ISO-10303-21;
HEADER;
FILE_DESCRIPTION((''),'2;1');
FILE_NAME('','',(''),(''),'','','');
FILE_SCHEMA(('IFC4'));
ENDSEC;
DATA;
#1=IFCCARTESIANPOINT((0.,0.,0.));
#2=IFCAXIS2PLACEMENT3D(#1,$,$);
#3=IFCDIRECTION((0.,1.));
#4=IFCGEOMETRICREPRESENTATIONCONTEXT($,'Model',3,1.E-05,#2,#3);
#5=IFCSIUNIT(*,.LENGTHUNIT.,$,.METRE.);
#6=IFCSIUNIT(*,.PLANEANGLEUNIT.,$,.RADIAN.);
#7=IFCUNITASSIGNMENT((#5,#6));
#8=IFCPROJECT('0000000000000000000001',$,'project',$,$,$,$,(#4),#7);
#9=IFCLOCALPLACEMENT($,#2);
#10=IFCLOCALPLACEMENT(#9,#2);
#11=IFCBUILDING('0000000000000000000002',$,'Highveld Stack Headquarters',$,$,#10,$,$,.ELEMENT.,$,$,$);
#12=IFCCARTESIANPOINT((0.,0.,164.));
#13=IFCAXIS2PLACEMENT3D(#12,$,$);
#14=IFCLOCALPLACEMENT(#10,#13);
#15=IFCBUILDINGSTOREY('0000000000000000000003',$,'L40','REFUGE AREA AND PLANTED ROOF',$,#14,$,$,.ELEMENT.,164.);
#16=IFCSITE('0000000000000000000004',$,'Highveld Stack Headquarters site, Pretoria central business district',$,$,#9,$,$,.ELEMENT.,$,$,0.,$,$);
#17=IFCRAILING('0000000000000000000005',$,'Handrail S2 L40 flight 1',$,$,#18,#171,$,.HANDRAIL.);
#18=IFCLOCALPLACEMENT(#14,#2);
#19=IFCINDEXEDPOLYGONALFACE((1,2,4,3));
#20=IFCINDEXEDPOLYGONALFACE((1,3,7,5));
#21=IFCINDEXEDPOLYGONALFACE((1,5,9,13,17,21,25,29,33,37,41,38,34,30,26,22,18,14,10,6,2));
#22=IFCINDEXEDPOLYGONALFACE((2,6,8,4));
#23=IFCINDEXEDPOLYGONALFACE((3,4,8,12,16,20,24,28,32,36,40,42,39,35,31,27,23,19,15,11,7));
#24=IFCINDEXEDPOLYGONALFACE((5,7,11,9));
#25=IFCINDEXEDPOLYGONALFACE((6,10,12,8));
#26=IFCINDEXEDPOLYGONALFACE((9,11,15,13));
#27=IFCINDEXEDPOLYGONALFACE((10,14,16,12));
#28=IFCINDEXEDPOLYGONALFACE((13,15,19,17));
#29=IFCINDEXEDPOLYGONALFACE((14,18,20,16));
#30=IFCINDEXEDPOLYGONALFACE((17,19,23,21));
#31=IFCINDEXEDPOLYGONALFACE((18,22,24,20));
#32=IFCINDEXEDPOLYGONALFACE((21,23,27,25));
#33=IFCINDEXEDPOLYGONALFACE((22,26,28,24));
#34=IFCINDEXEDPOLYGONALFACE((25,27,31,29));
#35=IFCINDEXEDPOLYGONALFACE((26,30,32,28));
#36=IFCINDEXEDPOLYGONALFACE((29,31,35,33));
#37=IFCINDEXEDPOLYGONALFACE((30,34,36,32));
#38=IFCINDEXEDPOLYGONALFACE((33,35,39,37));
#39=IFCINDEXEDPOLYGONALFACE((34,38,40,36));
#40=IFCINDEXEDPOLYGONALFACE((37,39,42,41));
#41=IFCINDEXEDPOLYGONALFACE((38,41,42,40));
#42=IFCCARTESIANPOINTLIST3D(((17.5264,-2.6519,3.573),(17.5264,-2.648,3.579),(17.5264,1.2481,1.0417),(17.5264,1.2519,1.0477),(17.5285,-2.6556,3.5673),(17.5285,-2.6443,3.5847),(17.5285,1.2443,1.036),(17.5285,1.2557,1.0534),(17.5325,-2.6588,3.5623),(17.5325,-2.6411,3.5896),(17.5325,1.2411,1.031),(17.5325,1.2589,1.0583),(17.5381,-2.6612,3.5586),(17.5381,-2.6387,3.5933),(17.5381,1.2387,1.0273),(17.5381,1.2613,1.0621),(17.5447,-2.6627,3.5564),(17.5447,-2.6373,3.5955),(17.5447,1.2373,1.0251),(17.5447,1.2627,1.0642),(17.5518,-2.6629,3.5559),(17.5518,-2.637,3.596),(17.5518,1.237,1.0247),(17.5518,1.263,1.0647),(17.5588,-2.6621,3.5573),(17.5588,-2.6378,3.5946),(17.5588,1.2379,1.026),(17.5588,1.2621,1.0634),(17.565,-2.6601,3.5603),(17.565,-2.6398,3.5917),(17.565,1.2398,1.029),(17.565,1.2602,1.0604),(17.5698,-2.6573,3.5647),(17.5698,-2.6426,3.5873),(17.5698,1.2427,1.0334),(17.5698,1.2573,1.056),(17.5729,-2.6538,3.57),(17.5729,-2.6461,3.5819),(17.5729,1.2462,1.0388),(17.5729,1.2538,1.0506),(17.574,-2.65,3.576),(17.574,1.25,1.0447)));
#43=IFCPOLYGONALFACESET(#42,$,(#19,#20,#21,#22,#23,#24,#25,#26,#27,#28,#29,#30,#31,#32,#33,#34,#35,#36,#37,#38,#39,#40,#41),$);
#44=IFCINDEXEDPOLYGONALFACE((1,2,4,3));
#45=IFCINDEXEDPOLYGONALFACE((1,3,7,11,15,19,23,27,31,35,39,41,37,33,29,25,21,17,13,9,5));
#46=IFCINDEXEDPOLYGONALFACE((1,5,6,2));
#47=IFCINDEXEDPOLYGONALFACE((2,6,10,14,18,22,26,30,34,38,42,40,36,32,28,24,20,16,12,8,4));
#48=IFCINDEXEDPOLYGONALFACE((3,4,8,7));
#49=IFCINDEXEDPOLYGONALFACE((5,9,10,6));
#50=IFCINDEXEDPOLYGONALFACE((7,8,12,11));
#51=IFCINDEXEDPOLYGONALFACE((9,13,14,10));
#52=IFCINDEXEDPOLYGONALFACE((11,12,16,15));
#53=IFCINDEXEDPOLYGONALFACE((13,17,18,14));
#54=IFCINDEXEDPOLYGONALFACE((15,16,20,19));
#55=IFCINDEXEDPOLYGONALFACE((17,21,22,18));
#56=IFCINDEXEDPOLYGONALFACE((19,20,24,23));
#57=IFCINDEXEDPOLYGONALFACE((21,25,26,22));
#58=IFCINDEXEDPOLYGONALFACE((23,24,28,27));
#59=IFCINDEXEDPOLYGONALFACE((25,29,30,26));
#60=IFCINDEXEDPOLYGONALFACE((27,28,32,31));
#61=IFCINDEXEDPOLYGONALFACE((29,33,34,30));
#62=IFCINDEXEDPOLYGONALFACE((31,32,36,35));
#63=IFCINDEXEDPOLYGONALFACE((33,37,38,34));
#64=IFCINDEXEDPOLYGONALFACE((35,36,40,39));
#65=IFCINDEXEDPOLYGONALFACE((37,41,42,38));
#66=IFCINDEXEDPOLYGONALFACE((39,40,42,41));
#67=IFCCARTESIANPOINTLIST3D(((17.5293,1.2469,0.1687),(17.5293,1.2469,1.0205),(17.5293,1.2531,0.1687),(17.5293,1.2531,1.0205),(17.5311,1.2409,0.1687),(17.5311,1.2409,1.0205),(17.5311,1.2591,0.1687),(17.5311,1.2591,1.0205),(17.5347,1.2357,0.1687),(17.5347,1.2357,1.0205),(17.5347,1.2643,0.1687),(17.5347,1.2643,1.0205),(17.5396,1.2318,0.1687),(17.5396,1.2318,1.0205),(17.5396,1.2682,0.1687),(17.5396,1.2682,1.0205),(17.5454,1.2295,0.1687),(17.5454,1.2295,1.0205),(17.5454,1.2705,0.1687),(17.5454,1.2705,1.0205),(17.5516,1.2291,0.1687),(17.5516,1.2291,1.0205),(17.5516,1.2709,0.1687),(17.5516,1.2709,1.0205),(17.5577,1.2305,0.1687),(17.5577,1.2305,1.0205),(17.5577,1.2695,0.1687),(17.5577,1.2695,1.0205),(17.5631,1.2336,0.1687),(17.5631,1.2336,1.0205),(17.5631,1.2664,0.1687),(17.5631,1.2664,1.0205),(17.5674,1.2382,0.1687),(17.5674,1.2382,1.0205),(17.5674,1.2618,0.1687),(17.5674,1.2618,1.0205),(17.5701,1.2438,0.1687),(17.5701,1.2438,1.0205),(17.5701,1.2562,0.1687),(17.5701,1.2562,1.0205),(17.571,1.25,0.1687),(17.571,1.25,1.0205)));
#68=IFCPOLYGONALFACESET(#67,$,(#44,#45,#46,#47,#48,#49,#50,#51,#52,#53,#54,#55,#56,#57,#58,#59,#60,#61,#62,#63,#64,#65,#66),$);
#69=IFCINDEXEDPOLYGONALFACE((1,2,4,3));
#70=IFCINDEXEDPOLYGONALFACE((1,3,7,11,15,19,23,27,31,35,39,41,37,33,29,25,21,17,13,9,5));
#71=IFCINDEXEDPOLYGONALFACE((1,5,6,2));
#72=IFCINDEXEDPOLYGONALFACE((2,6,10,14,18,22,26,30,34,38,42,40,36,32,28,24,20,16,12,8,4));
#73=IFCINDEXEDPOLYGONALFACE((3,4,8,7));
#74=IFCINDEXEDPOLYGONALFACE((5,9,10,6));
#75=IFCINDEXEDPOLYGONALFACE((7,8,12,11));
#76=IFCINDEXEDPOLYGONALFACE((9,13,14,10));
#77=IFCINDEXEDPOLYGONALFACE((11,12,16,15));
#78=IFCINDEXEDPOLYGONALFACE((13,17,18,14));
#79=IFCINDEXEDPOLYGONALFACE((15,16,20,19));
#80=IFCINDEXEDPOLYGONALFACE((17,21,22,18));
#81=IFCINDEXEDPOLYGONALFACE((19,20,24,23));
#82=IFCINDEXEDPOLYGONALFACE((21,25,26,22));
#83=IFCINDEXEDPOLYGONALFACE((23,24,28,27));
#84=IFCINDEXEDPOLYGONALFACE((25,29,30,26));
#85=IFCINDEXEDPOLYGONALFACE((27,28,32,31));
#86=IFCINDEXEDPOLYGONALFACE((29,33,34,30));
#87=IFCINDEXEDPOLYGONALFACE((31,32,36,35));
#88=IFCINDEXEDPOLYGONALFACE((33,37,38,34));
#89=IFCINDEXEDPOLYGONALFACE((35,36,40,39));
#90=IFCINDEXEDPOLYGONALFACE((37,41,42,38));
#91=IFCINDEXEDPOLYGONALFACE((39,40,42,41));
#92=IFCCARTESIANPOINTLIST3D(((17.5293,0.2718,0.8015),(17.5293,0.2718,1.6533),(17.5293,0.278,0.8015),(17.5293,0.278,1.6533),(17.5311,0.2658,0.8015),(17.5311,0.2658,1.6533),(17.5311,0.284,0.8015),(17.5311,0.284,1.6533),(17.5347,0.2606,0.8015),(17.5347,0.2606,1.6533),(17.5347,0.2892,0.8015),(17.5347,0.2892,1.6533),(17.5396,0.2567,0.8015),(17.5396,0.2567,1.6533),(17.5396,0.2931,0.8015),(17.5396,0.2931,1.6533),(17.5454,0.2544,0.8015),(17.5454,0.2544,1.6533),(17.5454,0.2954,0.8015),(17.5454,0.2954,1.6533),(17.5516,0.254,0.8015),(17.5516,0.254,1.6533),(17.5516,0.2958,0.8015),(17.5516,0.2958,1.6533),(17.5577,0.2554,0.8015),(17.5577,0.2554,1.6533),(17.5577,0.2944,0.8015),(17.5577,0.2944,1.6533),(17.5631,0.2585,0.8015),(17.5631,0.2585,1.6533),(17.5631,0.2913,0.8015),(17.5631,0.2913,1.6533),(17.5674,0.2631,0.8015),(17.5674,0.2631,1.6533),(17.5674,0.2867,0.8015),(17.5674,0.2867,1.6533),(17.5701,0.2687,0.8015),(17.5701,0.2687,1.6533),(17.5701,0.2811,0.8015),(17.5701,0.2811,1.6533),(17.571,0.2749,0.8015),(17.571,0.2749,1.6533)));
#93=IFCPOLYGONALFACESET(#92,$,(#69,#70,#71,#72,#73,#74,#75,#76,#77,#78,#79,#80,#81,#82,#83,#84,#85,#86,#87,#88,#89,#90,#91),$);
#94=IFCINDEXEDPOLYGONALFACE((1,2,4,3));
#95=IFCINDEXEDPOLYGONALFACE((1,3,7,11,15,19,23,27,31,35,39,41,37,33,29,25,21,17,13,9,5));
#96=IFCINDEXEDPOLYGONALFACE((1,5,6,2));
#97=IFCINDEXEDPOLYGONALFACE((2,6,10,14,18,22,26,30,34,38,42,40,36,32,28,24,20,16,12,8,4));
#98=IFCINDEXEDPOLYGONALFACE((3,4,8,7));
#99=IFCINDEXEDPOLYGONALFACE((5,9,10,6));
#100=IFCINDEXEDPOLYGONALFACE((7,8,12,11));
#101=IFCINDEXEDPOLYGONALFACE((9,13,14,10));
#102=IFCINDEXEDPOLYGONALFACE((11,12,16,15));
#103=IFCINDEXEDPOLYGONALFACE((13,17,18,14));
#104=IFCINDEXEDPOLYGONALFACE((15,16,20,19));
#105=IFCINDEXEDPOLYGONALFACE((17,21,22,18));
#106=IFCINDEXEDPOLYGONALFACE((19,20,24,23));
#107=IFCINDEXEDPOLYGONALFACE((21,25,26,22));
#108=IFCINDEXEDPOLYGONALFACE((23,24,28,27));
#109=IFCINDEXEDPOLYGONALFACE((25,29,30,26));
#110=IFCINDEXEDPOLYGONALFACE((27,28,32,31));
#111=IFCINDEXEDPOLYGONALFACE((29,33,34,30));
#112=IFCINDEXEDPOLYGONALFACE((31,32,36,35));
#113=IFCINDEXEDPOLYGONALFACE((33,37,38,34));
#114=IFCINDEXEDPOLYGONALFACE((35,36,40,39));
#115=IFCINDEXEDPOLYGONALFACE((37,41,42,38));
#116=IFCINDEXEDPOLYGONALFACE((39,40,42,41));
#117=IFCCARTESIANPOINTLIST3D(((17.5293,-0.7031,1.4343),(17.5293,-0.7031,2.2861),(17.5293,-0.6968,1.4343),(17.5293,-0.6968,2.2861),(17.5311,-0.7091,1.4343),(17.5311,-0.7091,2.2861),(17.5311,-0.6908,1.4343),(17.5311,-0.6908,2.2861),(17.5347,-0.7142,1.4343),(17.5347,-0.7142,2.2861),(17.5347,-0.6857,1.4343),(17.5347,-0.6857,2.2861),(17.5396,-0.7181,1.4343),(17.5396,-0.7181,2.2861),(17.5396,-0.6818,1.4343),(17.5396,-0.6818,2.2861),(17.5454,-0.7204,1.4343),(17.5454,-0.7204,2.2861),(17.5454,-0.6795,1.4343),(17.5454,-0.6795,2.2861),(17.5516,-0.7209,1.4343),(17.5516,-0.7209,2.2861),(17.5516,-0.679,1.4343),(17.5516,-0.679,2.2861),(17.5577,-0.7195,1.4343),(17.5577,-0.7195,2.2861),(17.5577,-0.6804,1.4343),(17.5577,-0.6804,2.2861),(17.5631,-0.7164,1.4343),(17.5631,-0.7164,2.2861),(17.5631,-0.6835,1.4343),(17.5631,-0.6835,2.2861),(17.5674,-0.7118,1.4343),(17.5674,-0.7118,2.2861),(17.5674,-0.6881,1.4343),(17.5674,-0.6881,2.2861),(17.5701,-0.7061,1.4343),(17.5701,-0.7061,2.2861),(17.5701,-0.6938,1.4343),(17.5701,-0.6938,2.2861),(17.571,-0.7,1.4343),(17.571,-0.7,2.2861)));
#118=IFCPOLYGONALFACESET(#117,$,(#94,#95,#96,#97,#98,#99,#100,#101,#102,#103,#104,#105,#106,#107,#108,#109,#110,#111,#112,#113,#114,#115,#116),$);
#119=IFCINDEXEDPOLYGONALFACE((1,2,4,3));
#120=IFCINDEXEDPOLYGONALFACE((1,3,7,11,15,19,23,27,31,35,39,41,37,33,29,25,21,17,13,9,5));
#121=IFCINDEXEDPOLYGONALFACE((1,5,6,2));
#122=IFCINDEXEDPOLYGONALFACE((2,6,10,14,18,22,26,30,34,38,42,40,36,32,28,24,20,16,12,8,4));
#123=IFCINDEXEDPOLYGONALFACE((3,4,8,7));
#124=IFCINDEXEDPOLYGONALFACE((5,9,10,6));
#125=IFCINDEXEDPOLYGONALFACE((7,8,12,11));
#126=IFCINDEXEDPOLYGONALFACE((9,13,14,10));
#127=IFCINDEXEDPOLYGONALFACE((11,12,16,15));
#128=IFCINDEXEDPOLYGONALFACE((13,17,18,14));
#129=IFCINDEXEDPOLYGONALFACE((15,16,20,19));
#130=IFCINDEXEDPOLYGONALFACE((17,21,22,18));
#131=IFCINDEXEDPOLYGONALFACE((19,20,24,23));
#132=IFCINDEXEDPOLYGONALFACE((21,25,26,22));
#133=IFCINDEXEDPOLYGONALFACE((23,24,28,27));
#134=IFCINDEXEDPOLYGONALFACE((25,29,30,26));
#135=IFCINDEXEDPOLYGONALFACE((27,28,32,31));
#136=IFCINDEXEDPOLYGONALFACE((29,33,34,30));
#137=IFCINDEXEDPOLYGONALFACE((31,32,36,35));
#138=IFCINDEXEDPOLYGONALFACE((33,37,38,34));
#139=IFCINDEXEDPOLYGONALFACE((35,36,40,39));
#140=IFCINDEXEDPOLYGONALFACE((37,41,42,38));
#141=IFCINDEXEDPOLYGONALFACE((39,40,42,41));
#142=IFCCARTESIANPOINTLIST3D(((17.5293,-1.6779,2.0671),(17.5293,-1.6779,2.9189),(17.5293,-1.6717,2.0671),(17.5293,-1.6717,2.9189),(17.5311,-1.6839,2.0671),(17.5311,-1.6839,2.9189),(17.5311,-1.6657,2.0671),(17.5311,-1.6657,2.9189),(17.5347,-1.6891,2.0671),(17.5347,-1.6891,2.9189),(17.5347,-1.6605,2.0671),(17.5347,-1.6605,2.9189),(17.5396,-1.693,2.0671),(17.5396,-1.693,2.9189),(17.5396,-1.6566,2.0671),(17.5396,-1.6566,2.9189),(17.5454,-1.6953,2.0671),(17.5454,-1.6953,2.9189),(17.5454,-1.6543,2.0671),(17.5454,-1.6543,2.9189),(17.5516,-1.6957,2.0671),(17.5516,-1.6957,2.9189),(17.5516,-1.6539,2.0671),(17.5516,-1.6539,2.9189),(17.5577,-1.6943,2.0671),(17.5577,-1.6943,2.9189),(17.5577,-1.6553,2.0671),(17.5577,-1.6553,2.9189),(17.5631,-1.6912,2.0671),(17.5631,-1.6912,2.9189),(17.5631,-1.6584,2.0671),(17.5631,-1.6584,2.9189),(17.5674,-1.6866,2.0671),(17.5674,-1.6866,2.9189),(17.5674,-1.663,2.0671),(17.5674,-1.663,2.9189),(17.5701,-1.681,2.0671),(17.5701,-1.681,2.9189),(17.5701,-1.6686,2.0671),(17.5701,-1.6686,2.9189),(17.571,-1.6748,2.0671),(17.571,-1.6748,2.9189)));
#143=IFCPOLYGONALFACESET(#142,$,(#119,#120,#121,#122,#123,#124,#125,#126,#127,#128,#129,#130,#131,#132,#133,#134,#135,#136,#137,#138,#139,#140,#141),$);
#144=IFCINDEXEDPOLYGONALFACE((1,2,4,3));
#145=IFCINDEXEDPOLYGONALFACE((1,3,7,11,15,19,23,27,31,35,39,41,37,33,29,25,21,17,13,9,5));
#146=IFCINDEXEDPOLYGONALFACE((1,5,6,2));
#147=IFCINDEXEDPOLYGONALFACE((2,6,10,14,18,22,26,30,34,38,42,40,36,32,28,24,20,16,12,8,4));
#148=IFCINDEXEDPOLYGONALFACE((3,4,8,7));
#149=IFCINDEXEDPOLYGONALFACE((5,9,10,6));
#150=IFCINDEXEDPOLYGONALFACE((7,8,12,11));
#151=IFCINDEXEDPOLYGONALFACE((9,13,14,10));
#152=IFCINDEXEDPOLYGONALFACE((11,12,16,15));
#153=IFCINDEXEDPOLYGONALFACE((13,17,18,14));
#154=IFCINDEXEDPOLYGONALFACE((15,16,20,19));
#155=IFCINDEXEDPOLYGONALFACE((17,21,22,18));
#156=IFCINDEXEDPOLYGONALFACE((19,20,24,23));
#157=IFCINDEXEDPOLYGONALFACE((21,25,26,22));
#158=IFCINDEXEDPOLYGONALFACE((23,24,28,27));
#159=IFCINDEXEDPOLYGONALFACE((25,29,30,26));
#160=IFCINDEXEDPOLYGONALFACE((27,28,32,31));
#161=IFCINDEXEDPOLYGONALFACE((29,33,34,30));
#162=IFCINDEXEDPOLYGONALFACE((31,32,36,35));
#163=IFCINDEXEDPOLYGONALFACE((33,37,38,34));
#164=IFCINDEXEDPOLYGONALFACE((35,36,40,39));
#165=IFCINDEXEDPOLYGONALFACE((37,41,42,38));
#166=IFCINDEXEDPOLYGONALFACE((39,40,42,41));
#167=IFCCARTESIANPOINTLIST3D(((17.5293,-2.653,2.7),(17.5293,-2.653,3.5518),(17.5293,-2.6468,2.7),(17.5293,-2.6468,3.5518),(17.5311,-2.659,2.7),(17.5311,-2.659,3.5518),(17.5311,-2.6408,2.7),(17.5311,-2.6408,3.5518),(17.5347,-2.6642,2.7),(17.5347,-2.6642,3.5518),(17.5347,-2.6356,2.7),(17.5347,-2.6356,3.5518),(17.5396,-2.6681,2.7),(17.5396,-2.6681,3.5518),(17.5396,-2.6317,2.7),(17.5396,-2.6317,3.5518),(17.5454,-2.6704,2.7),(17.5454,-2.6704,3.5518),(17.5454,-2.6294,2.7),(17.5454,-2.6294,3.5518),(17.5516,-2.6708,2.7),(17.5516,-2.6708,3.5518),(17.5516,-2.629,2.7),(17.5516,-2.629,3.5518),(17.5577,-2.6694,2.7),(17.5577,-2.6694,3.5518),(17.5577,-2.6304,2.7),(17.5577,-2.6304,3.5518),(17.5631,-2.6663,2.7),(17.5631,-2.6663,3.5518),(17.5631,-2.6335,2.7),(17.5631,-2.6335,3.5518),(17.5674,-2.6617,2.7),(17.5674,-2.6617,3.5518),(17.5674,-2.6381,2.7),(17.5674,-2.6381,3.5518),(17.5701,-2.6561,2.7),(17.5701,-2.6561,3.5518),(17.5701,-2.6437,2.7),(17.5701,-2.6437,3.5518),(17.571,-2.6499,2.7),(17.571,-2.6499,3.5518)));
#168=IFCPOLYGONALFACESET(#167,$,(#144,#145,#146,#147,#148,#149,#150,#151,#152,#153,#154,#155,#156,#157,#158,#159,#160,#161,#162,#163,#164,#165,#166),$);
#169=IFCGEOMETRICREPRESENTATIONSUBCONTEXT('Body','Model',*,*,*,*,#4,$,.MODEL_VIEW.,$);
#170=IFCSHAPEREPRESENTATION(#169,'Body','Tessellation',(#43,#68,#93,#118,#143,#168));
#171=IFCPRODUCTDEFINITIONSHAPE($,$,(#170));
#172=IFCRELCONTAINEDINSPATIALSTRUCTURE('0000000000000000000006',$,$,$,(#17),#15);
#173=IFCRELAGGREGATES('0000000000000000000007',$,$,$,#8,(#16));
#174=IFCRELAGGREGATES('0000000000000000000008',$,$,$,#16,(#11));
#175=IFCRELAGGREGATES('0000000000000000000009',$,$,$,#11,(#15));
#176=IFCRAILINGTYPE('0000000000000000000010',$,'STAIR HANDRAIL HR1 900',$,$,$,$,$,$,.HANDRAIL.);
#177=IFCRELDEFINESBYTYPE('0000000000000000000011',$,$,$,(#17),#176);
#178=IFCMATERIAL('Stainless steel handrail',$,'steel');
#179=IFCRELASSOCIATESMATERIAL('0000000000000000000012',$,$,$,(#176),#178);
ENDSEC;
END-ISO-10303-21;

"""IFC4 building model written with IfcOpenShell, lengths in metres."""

from ifc_helpers import new_model, si_unit, direction, frame, origin, origin_2d, place, context, subcontext, project, spatial, circle, extrude, material, type_object, element, save


model = new_model("IFC4")

# Units and contexts
model_context = context("Model", 3, precision=1e-05, world=origin(), true_north=direction((0.0, 1.0)))
body_context = subcontext(model_context, "Body", "Model", "MODEL_VIEW")
ifc_project = project(units=[si_unit("LENGTHUNIT", "METRE"), si_unit("PLANEANGLEUNIT", "RADIAN")], contexts=[model_context])

# Site, building, storey
site_placement = place(None, origin())
site = spatial("IfcSite", under=ifc_project, at=site_placement, Name="Highveld Stack Headquarters site, Pretoria central business district", CompositionType="ELEMENT", RefElevation=0.0)
building_placement = place(site_placement, origin())
building = spatial("IfcBuilding", under=site, at=building_placement, Name="Highveld Stack Headquarters", CompositionType="ELEMENT")
storey_placement = place(building_placement, frame((0.0, 0.0, 164.0)))
storey = spatial("IfcBuildingStorey", under=building, at=storey_placement, Name="L40", Description="REFUGE AREA AND PLANTED ROOF", CompositionType="ELEMENT", Elevation=164.0)

# Railing
ifc_material_1 = material(Name="Stainless steel handrail", Category="steel")
railing_type = type_object("IfcRailingType", Name="STAIR HANDRAIL HR1 900", PredefinedType="HANDRAIL", material=ifc_material_1)
for number, where, name in (
    (1, (17.55, 1.25, 0.1687), "Handrail S2 L40 flight 1"),
):
    element("IfcRailing", number, at=place(storey_placement, frame(where)), inside=storey, type_object=railing_type, Name=name, PredefinedType="HANDRAIL", context=body_context, shape_type="SweptSolid", body=[
        extrude(circle(Radius=0.0239, at=origin_2d()), frame((0.0, 0.0, 0.876), z_axis=(0.0, -0.838806, 0.544431), x_axis=(1.0, 0.0, 0.0)), (0.0, 0.0, 1.0), 4.6494),
        extrude(circle(Radius=0.021, at=origin_2d()), origin(), (0.0, 0.0, 1.0), 0.8518),
        extrude(circle(Radius=0.021, at=origin_2d()), frame((0.0, -0.9751, 0.6328)), (0.0, 0.0, 1.0), 0.8518),
        extrude(circle(Radius=0.021, at=origin_2d()), frame((0.0, -1.95, 1.2656)), (0.0, 0.0, 1.0), 0.8518),
        extrude(circle(Radius=0.021, at=origin_2d()), frame((0.0, -2.9248, 1.8984)), (0.0, 0.0, 1.0), 0.8518),
        extrude(circle(Radius=0.021, at=origin_2d()), frame((0.0, -3.8999, 2.5312)), (0.0, 0.0, 1.0), 0.8518),
    ])

save(model, "model.ifc")
